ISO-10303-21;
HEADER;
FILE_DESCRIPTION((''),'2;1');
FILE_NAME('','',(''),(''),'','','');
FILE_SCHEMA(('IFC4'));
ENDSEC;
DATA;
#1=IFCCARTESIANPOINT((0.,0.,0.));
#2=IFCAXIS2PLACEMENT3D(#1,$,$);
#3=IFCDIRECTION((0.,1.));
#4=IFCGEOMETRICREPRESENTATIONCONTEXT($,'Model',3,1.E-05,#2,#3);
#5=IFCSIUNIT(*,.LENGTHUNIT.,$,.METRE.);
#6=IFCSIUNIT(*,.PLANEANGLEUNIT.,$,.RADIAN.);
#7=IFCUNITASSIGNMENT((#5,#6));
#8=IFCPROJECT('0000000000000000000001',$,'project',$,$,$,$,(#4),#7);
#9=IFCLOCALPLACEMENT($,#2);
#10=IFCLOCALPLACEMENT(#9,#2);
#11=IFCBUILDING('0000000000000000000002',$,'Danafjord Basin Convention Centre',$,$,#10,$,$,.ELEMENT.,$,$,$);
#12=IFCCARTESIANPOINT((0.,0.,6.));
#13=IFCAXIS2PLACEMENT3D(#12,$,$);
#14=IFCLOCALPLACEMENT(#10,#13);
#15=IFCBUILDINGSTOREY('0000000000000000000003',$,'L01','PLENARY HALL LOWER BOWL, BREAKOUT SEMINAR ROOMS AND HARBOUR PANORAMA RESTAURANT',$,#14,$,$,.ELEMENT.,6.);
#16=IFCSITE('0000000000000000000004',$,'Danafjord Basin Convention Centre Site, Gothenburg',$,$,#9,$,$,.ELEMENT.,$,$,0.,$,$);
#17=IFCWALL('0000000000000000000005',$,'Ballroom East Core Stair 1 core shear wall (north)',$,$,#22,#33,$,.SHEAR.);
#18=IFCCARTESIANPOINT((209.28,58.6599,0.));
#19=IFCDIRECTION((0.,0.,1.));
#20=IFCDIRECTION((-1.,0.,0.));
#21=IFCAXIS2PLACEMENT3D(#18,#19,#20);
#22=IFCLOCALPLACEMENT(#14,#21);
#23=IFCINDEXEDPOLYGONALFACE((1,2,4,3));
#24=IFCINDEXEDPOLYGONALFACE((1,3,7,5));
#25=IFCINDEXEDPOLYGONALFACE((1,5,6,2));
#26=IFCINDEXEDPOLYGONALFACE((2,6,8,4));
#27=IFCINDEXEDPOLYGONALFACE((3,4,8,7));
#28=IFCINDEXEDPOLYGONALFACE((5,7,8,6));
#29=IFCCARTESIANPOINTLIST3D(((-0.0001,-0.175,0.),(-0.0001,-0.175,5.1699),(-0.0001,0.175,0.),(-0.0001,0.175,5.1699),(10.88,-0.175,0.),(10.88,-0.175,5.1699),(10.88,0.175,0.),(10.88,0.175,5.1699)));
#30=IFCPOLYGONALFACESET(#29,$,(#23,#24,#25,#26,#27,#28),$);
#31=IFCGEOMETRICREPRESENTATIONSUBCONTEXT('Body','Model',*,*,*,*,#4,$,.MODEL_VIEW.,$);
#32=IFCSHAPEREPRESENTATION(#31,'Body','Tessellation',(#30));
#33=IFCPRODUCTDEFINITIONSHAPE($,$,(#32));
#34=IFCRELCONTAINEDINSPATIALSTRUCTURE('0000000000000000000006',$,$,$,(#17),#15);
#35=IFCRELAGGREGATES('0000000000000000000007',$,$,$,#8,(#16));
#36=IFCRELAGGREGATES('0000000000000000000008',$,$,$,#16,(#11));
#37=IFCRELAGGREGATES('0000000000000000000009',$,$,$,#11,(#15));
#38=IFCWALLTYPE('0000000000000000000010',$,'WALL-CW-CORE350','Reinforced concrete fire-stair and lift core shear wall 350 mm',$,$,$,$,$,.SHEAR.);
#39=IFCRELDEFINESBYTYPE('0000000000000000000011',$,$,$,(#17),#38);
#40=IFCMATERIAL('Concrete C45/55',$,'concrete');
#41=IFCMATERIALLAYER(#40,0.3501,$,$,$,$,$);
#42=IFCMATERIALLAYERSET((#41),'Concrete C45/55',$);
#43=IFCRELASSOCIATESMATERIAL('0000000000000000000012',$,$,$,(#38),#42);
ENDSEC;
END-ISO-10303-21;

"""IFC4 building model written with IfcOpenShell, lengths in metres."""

from ifc_helpers import new_model, si_unit, direction, frame, frame_2d, origin, place, context, subcontext, project, spatial, rectangle, extrude, material, layer, layer_set, type_object, element, save


model = new_model("IFC4")

# Units and contexts
model_context = context("Model", 3, precision=1e-05, world=origin(), true_north=direction((0.0, 1.0)))
body_context = subcontext(model_context, "Body", "Model", "MODEL_VIEW")
ifc_project = project(units=[si_unit("LENGTHUNIT", "METRE"), si_unit("PLANEANGLEUNIT", "RADIAN")], contexts=[model_context])

# Site, building, storey
site_placement = place(None, origin())
site = spatial("IfcSite", under=ifc_project, at=site_placement, Name="Danafjord Basin Convention Centre Site, Gothenburg", CompositionType="ELEMENT", RefElevation=0.0)
building_placement = place(site_placement, origin())
building = spatial("IfcBuilding", under=site, at=building_placement, Name="Danafjord Basin Convention Centre", CompositionType="ELEMENT")
storey_placement = place(building_placement, frame((0.0, 0.0, 6.0)))
storey = spatial("IfcBuildingStorey", under=building, at=storey_placement, Name="L01", Description="PLENARY HALL LOWER BOWL, BREAKOUT SEMINAR ROOMS AND HARBOUR PANORAMA RESTAURANT", CompositionType="ELEMENT", Elevation=6.0)

# Shared definitions
ifc_material_1 = material(Name="Concrete C45/55", Category="concrete")
ifc_layer = layer(ifc_material_1, 0.3501)
ifc_layer_set = layer_set([ifc_layer], Name="Concrete C45/55")
wall_type = type_object("IfcWallType", Name="WALL-CW-CORE350", Description="Reinforced concrete fire-stair and lift core shear wall 350 mm", PredefinedType="SHEAR", material=ifc_layer_set)

# Wall
wall_1_placement = place(storey_placement, frame((209.28, 58.6599, 0.0), z_axis=(0.0, 0.0, 1.0), x_axis=(-1.0, 0.0, 0.0)))
element("IfcWall", 1, at=wall_1_placement, inside=storey, type_object=wall_type, Name="Ballroom East Core Stair 1 core shear wall (north)", PredefinedType="SHEAR", context=body_context, shape_type="SweptSolid", body=[
    extrude(rectangle(XDim=10.8801, YDim=0.3501, at=frame_2d((5.4399, 0.0))), origin(), (0.0, 0.0, 1.0), 5.1699),
])

save(model, "model.ifc")
